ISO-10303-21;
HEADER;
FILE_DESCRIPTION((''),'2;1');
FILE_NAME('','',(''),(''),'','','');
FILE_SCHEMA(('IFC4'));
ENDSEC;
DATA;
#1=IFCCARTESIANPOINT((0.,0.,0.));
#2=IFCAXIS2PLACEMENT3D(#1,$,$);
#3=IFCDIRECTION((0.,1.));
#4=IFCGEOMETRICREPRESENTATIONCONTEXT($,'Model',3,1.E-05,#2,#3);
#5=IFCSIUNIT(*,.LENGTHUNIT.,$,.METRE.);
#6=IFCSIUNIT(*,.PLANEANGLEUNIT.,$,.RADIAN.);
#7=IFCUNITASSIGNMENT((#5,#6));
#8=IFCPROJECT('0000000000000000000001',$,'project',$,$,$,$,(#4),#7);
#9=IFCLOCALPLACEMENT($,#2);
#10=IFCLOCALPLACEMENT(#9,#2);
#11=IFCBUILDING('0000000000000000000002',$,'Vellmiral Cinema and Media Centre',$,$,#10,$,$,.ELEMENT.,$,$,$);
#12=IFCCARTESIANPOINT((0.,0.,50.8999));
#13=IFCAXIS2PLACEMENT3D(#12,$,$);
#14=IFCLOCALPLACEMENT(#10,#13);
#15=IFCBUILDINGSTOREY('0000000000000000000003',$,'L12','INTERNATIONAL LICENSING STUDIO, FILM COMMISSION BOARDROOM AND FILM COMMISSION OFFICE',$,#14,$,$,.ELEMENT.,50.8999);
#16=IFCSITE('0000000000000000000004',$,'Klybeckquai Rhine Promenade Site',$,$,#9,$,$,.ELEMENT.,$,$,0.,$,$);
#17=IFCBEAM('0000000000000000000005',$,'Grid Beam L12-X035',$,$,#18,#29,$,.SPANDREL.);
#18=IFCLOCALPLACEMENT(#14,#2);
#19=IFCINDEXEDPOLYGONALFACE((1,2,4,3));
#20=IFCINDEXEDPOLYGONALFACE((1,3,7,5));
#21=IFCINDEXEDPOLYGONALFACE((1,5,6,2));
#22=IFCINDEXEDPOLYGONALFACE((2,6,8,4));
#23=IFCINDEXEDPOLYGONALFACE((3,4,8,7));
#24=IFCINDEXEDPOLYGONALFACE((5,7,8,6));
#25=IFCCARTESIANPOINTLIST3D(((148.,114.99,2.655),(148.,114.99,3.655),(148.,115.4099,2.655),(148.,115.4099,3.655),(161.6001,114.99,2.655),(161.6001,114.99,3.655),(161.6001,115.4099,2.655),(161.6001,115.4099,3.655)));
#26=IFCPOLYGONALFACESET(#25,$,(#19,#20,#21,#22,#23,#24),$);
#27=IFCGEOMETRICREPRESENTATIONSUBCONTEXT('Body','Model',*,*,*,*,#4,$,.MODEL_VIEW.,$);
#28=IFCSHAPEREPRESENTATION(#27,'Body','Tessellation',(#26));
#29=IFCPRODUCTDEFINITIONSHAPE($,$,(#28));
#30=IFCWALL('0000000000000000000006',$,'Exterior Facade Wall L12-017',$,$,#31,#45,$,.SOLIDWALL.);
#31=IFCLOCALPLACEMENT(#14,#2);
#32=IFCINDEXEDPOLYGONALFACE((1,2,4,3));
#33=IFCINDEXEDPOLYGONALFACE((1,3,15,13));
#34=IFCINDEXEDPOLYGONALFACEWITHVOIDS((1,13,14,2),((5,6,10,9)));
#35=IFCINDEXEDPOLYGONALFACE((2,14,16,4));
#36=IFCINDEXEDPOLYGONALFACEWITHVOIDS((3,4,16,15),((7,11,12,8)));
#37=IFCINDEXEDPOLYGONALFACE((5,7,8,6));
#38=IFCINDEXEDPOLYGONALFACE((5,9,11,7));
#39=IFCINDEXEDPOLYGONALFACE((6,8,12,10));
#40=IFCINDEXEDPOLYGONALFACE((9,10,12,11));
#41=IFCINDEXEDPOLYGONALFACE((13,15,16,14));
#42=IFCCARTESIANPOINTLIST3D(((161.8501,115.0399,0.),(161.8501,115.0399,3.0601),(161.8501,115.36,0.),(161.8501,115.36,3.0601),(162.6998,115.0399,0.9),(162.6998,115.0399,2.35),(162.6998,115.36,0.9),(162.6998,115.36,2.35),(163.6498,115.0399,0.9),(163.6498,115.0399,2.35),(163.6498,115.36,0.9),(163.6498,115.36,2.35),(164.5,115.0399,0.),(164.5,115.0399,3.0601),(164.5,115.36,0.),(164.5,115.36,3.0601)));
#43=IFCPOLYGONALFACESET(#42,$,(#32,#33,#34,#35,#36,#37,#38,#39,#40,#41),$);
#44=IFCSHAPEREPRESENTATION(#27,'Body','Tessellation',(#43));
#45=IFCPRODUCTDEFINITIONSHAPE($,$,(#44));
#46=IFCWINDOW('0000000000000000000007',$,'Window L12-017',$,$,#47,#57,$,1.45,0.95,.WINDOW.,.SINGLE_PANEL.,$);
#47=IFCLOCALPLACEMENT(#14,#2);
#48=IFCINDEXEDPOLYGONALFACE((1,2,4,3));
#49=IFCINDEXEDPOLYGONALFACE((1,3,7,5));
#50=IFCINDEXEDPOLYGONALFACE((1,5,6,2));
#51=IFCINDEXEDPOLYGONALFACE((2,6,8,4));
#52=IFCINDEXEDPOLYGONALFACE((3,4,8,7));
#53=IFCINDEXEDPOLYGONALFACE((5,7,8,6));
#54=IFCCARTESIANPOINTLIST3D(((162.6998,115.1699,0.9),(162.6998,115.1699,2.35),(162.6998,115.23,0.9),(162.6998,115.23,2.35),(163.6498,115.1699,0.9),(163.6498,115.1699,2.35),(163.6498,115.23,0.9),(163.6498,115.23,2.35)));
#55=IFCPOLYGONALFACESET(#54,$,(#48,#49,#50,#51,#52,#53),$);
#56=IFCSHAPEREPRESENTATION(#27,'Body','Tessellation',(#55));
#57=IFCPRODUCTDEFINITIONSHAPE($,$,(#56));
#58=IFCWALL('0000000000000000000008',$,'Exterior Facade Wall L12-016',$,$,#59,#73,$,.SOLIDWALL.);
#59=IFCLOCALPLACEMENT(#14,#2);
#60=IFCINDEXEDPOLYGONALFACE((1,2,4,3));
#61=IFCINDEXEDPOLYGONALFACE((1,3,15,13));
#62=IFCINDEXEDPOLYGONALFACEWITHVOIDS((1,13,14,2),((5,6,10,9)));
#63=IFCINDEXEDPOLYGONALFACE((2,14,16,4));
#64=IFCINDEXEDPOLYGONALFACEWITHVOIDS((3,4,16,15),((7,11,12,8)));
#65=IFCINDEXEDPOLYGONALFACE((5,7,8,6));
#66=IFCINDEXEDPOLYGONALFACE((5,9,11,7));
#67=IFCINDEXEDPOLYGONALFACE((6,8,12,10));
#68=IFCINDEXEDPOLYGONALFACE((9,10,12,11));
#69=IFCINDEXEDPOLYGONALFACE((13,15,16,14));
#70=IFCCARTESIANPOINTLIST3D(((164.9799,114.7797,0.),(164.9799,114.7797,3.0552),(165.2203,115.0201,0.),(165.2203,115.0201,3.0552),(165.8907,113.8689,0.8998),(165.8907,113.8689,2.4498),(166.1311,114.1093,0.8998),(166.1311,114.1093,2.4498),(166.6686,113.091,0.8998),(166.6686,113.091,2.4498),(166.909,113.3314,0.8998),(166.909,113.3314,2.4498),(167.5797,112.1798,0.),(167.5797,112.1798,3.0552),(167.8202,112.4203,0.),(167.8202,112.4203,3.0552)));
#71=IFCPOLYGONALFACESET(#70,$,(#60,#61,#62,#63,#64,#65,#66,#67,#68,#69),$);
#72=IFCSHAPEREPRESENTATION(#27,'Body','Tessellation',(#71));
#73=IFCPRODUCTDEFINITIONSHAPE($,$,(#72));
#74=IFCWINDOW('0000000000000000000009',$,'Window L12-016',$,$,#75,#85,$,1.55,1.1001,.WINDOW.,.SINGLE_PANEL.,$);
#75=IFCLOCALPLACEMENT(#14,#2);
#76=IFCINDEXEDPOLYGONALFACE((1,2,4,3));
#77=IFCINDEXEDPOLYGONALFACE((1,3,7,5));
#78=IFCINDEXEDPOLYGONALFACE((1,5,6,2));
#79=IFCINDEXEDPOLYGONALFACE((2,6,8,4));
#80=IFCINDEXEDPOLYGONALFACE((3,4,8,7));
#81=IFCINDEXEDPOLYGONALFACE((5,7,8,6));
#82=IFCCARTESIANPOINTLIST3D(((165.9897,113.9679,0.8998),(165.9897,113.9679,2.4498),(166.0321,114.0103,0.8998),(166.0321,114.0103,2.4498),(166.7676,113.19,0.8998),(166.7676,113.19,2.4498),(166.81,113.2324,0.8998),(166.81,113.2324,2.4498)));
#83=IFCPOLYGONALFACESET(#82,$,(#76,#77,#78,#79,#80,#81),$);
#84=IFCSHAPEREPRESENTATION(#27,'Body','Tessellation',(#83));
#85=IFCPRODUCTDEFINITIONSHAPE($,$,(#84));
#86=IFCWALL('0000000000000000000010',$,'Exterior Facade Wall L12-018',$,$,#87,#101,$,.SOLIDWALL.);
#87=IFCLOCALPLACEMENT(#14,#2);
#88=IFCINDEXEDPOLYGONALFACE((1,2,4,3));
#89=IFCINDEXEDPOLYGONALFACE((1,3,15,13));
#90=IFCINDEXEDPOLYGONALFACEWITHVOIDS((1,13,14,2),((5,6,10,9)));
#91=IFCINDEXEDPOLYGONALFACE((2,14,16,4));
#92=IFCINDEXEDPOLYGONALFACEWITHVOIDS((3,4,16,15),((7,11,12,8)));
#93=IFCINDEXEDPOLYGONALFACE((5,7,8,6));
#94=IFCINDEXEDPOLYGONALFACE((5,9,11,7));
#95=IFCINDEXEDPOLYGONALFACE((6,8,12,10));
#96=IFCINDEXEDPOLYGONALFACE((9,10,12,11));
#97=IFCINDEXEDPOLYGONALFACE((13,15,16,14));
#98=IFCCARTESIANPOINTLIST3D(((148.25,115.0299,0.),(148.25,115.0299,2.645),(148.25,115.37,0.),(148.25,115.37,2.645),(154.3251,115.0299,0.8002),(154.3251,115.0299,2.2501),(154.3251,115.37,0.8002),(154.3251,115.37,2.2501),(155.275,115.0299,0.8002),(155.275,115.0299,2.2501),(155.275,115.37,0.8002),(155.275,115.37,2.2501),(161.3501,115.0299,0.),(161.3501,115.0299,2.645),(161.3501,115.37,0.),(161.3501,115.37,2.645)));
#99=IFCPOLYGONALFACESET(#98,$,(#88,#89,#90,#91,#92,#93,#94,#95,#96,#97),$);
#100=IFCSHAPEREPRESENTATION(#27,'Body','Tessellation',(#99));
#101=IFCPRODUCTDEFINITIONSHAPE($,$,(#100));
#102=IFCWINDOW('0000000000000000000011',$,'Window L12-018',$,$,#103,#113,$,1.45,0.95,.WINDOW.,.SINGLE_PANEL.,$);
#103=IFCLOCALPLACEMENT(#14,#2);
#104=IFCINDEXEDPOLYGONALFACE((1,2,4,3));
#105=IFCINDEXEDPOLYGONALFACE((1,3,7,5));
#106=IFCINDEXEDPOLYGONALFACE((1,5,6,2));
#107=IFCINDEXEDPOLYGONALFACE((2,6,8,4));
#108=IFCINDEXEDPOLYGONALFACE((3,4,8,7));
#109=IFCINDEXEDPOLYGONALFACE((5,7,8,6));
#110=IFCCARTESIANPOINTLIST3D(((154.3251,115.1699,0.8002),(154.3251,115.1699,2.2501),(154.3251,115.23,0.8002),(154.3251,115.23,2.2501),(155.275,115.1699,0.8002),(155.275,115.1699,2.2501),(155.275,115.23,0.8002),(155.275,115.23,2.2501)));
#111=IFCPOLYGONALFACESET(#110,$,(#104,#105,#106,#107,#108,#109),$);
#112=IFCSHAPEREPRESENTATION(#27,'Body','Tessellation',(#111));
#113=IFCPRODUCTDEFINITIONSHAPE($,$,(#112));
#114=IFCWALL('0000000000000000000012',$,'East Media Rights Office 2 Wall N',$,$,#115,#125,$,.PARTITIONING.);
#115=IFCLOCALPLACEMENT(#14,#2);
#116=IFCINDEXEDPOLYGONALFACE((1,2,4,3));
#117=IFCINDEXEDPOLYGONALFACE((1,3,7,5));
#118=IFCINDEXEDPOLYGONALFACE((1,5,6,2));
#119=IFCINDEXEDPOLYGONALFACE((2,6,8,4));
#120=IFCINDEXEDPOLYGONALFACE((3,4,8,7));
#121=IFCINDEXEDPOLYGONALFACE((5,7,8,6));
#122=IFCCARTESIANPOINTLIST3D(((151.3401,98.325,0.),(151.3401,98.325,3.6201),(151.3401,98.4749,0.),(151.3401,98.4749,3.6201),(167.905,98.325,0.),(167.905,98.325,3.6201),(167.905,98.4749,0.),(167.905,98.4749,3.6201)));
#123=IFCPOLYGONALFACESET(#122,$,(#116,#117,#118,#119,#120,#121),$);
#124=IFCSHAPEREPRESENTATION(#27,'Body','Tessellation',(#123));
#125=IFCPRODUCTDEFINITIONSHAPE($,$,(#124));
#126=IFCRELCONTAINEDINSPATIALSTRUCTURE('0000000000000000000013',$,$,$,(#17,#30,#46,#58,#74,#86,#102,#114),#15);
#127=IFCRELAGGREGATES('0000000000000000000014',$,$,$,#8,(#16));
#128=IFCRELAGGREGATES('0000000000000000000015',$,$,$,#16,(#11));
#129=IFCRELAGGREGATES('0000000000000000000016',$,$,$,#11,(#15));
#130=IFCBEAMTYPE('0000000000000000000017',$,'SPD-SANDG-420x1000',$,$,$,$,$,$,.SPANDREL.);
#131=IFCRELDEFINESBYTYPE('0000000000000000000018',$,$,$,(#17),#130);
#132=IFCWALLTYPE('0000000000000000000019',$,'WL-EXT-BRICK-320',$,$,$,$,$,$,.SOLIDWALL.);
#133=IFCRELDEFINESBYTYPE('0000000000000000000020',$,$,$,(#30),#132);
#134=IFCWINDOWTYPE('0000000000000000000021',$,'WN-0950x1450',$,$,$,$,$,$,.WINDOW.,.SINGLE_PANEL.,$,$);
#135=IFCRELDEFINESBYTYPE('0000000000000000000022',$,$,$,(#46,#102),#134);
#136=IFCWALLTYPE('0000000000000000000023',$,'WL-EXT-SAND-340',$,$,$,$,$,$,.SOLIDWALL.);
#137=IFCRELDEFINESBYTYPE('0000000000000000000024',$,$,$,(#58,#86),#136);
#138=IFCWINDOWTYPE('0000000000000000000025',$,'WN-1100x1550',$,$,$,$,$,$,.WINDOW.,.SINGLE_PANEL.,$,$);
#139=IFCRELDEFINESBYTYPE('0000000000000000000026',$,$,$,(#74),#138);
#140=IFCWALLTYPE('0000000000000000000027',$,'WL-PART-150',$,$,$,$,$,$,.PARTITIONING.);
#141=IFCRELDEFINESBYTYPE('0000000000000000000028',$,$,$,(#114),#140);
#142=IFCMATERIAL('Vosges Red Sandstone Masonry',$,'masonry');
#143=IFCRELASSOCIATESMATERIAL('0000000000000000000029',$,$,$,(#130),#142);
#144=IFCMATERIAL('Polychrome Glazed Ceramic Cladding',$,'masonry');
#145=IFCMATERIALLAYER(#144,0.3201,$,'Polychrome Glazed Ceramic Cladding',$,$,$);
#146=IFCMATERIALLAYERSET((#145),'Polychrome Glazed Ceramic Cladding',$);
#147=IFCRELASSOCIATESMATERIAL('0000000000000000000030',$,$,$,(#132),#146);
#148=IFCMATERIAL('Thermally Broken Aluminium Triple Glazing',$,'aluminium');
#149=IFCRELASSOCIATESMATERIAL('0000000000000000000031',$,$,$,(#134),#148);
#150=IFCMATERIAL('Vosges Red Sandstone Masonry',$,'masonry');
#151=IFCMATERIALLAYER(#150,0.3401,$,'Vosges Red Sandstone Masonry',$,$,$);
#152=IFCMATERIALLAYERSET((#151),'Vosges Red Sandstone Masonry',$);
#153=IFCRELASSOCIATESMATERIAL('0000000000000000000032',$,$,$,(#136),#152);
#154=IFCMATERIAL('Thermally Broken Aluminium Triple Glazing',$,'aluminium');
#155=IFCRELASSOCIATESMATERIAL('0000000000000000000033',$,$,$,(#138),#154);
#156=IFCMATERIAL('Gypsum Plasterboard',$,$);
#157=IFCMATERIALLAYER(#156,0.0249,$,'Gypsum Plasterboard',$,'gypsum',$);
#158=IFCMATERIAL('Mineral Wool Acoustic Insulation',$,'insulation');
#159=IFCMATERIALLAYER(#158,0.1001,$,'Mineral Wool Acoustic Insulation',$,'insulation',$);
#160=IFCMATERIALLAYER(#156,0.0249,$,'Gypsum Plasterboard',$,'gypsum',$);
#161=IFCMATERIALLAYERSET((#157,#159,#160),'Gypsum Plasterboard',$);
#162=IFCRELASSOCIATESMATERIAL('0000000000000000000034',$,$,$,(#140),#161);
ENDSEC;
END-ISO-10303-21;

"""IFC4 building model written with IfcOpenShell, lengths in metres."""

from ifc_helpers import new_model, si_unit, direction, frame, frame_2d, origin, origin_2d, place, context, subcontext, project, spatial, rectangle, extrude, material, layer, layer_set, material_profile, profile_set, type_object, element, fill, save


model = new_model("IFC4")

# Units and contexts
model_context = context("Model", 3, precision=1e-05, world=origin(), true_north=direction((0.0, 1.0)))
body_context = subcontext(model_context, "Body", "Model", "MODEL_VIEW")
ifc_project = project(units=[si_unit("LENGTHUNIT", "METRE"), si_unit("PLANEANGLEUNIT", "RADIAN")], contexts=[model_context])

# Site, building, storey
site_placement = place(None, origin())
site = spatial("IfcSite", under=ifc_project, at=site_placement, Name="Klybeckquai Rhine Promenade Site", CompositionType="ELEMENT", RefElevation=0.0)
building_placement = place(site_placement, origin())
building = spatial("IfcBuilding", under=site, at=building_placement, Name="Vellmiral Cinema and Media Centre", CompositionType="ELEMENT")
storey_placement = place(building_placement, frame((0.0, 0.0, 50.8999)))
storey = spatial("IfcBuildingStorey", under=building, at=storey_placement, Name="L12", Description="INTERNATIONAL LICENSING STUDIO, FILM COMMISSION BOARDROOM AND FILM COMMISSION OFFICE", CompositionType="ELEMENT", Elevation=50.8999)

# Beam
ifc_material_1 = material(Name="Vosges Red Sandstone Masonry", Category="masonry")
ifc_material_profile_1 = material_profile(ifc_material_1, rectangle(XDim=0.4199, YDim=1.0, at=origin_2d()), Name="SAND 420x1000")
ifc_profile_set_1 = profile_set([ifc_material_profile_1], Name="Vosges Red Sandstone Masonry")
beam_type_1 = type_object("IfcBeamType", Name="SPD-SANDG-420x1000", PredefinedType="SPANDREL", material=ifc_profile_set_1)
beam_1_placement = place(storey_placement, frame((148.0, 115.2, 3.155), z_axis=(1.0, 0.0, 0.0), x_axis=(0.0, 1.0, 0.0)))
element("IfcBeam", 1, at=beam_1_placement, inside=storey, type_object=beam_type_1, Name="Grid Beam L12-X035", PredefinedType="SPANDREL", context=body_context, shape_type="SweptSolid", body=[
    extrude(rectangle(XDim=0.4199, YDim=1.0, at=origin_2d()), origin(), (0.0, 0.0, 1.0), 13.6001),
])

# Walls, openings, windows
ifc_material_2 = material(Name="Polychrome Glazed Ceramic Cladding", Category="masonry")
ifc_layer_1 = layer(ifc_material_2, 0.3201, Name="Polychrome Glazed Ceramic Cladding")
ifc_layer_set_1 = layer_set([ifc_layer_1], Name="Polychrome Glazed Ceramic Cladding")
wall_type_1 = type_object("IfcWallType", Name="WL-EXT-BRICK-320", PredefinedType="SOLIDWALL", material=ifc_layer_set_1)
wall_1_placement = place(storey_placement, frame((164.5, 115.2, 0.0), z_axis=(0.0, 0.0, 1.0), x_axis=(-1.0, 0.0, 0.0)))
wall_1 = element("IfcWall", 2, at=wall_1_placement, inside=storey, type_object=wall_type_1, Name="Exterior Facade Wall L12-017", PredefinedType="SOLIDWALL", context=body_context, shape_type="SweptSolid", body=[
    extrude(rectangle(XDim=2.6499, YDim=0.3201, at=frame_2d((1.325, 0.0))), origin(), (0.0, 0.0, 1.0), 3.0601),
])
opening_1_placement = place(wall_1_placement, frame((0.8501, 0.0, 0.8999)))
opening_1 = element("IfcOpeningElement", 3, at=opening_1_placement, cuts=wall_1, PredefinedType="OPENING", context=body_context, shape_type="SweptSolid", body=[
    extrude(rectangle(XDim=0.95, YDim=1.45, at=frame_2d((0.4751, 0.7251))), frame((0.0, 0.1719, 0.0), z_axis=(0.0, -1.0, 0.0), x_axis=(1.0, 0.0, 0.0)), (0.0, 0.0, 1.0), 0.344),
])
ifc_material_3 = material(Name="Thermally Broken Aluminium Triple Glazing", Category="aluminium")
window_type_1 = type_object("IfcWindowType", Name="WN-0950x1450", PartitioningType="SINGLE_PANEL", PredefinedType="WINDOW", material=ifc_material_3)
window_1_placement = place(opening_1_placement, origin())
window_1 = element("IfcWindow", 4, at=window_1_placement, inside=storey, type_object=window_type_1, Name="Window L12-017", OverallHeight=1.45, OverallWidth=0.95, PartitioningType="SINGLE_PANEL", PredefinedType="WINDOW", context=body_context, shape_type="SweptSolid", body=[
    extrude(rectangle(XDim=0.95, YDim=1.45, at=frame_2d((0.4751, 0.7251))), frame((0.0, 0.03, 0.0), z_axis=(0.0, -1.0, 0.0), x_axis=(1.0, 0.0, 0.0)), (0.0, 0.0, 1.0), 0.0601),
])
fill(opening_1, window_1)
ifc_material_4 = material(Name="Vosges Red Sandstone Masonry", Category="masonry")
ifc_layer_2 = layer(ifc_material_4, 0.3401, Name="Vosges Red Sandstone Masonry")
ifc_layer_set_2 = layer_set([ifc_layer_2], Name="Vosges Red Sandstone Masonry")
wall_type_2 = type_object("IfcWallType", Name="WL-EXT-SAND-340", PredefinedType="SOLIDWALL", material=ifc_layer_set_2)
wall_2_placement = place(storey_placement, frame((167.7, 112.3, 0.0), z_axis=(0.0, 0.0, 1.0), x_axis=(-0.707107, 0.707107, 0.0)))
wall_2 = element("IfcWall", 5, at=wall_2_placement, inside=storey, type_object=wall_type_2, Name="Exterior Facade Wall L12-016", PredefinedType="SOLIDWALL", context=body_context, shape_type="SweptSolid", body=[
    extrude(rectangle(XDim=3.6768, YDim=0.3401, at=frame_2d((1.8384, 0.0))), origin(), (0.0, 0.0, 1.0), 3.0552),
])
opening_2_placement = place(wall_2_placement, frame((1.2886, 0.0, 0.8999)))
opening_2 = element("IfcOpeningElement", 6, at=opening_2_placement, cuts=wall_2, PredefinedType="OPENING", context=body_context, shape_type="SweptSolid", body=[
    extrude(rectangle(XDim=1.1001, YDim=1.55, at=frame_2d((0.55, 0.7749))), frame((0.0, 0.1821, 0.0), z_axis=(0.0, -1.0, 0.0), x_axis=(1.0, 0.0, 0.0)), (0.0, 0.0, 1.0), 0.364),
])
ifc_material_5 = material(Name="Thermally Broken Aluminium Triple Glazing", Category="aluminium")
window_type_2 = type_object("IfcWindowType", Name="WN-1100x1550", PartitioningType="SINGLE_PANEL", PredefinedType="WINDOW", material=ifc_material_5)
window_2_placement = place(opening_2_placement, origin())
window_2 = element("IfcWindow", 7, at=window_2_placement, inside=storey, type_object=window_type_2, Name="Window L12-016", OverallHeight=1.55, OverallWidth=1.1001, PartitioningType="SINGLE_PANEL", PredefinedType="WINDOW", context=body_context, shape_type="SweptSolid", body=[
    extrude(rectangle(XDim=1.1001, YDim=1.55, at=frame_2d((0.55, 0.7749))), frame((0.0, 0.03, 0.0), z_axis=(0.0, -1.0, 0.0), x_axis=(1.0, 0.0, 0.0)), (0.0, 0.0, 1.0), 0.0601),
])
fill(opening_2, window_2)
wall_3_placement = place(storey_placement, frame((161.3501, 115.2, 0.0), z_axis=(0.0, 0.0, 1.0), x_axis=(-1.0, 0.0, 0.0)))
wall_3 = element("IfcWall", 8, at=wall_3_placement, inside=storey, type_object=wall_type_2, Name="Exterior Facade Wall L12-018", PredefinedType="SOLIDWALL", context=body_context, shape_type="SweptSolid", body=[
    extrude(rectangle(XDim=13.1001, YDim=0.3401, at=frame_2d((6.55, 0.0))), origin(), (0.0, 0.0, 1.0), 2.645),
])
opening_3_placement = place(wall_3_placement, frame((6.075, 0.0, 0.8)))
opening_3 = element("IfcOpeningElement", 9, at=opening_3_placement, cuts=wall_3, PredefinedType="OPENING", context=body_context, shape_type="SweptSolid", body=[
    extrude(rectangle(XDim=0.95, YDim=1.45, at=frame_2d((0.4751, 0.7251))), frame((0.0, 0.1821, 0.0), z_axis=(0.0, -1.0, 0.0), x_axis=(1.0, 0.0, 0.0)), (0.0, 0.0, 1.0), 0.364),
])
window_3_placement = place(opening_3_placement, origin())
window_3 = element("IfcWindow", 10, at=window_3_placement, inside=storey, type_object=window_type_1, Name="Window L12-018", OverallHeight=1.45, OverallWidth=0.95, PartitioningType="SINGLE_PANEL", PredefinedType="WINDOW", context=body_context, shape_type="SweptSolid", body=[
    extrude(rectangle(XDim=0.95, YDim=1.45, at=frame_2d((0.4751, 0.7251))), frame((0.0, 0.03, 0.0), z_axis=(0.0, -1.0, 0.0), x_axis=(1.0, 0.0, 0.0)), (0.0, 0.0, 1.0), 0.0601),
])
fill(opening_3, window_3)

# Wall
ifc_material_6 = material(Name="Gypsum Plasterboard")
ifc_layer_3 = layer(ifc_material_6, 0.0249, Name="Gypsum Plasterboard", Category="gypsum")
ifc_material_7 = material(Name="Mineral Wool Acoustic Insulation", Category="insulation")
ifc_layer_4 = layer(ifc_material_7, 0.1001, Name="Mineral Wool Acoustic Insulation", Category="insulation")
ifc_layer_5 = layer(ifc_material_6, 0.0249, Name="Gypsum Plasterboard", Category="gypsum")
ifc_layer_set_3 = layer_set([ifc_layer_3, ifc_layer_4, ifc_layer_5], Name="Gypsum Plasterboard")
wall_type_3 = type_object("IfcWallType", Name="WL-PART-150", PredefinedType="PARTITIONING", material=ifc_layer_set_3)
wall_4_placement = place(storey_placement, frame((151.3401, 98.3999, 0.0), z_axis=(0.0, 0.0, 1.0), x_axis=(1.0, 0.0, 0.0)))
element("IfcWall", 11, at=wall_4_placement, inside=storey, type_object=wall_type_3, Name="East Media Rights Office 2 Wall N", PredefinedType="PARTITIONING", context=body_context, shape_type="SweptSolid", body=[
    extrude(rectangle(XDim=16.5649, YDim=0.1499, at=frame_2d((8.2825, 0.0))), origin(), (0.0, 0.0, 1.0), 3.6201),
])

save(model, "model.ifc")
